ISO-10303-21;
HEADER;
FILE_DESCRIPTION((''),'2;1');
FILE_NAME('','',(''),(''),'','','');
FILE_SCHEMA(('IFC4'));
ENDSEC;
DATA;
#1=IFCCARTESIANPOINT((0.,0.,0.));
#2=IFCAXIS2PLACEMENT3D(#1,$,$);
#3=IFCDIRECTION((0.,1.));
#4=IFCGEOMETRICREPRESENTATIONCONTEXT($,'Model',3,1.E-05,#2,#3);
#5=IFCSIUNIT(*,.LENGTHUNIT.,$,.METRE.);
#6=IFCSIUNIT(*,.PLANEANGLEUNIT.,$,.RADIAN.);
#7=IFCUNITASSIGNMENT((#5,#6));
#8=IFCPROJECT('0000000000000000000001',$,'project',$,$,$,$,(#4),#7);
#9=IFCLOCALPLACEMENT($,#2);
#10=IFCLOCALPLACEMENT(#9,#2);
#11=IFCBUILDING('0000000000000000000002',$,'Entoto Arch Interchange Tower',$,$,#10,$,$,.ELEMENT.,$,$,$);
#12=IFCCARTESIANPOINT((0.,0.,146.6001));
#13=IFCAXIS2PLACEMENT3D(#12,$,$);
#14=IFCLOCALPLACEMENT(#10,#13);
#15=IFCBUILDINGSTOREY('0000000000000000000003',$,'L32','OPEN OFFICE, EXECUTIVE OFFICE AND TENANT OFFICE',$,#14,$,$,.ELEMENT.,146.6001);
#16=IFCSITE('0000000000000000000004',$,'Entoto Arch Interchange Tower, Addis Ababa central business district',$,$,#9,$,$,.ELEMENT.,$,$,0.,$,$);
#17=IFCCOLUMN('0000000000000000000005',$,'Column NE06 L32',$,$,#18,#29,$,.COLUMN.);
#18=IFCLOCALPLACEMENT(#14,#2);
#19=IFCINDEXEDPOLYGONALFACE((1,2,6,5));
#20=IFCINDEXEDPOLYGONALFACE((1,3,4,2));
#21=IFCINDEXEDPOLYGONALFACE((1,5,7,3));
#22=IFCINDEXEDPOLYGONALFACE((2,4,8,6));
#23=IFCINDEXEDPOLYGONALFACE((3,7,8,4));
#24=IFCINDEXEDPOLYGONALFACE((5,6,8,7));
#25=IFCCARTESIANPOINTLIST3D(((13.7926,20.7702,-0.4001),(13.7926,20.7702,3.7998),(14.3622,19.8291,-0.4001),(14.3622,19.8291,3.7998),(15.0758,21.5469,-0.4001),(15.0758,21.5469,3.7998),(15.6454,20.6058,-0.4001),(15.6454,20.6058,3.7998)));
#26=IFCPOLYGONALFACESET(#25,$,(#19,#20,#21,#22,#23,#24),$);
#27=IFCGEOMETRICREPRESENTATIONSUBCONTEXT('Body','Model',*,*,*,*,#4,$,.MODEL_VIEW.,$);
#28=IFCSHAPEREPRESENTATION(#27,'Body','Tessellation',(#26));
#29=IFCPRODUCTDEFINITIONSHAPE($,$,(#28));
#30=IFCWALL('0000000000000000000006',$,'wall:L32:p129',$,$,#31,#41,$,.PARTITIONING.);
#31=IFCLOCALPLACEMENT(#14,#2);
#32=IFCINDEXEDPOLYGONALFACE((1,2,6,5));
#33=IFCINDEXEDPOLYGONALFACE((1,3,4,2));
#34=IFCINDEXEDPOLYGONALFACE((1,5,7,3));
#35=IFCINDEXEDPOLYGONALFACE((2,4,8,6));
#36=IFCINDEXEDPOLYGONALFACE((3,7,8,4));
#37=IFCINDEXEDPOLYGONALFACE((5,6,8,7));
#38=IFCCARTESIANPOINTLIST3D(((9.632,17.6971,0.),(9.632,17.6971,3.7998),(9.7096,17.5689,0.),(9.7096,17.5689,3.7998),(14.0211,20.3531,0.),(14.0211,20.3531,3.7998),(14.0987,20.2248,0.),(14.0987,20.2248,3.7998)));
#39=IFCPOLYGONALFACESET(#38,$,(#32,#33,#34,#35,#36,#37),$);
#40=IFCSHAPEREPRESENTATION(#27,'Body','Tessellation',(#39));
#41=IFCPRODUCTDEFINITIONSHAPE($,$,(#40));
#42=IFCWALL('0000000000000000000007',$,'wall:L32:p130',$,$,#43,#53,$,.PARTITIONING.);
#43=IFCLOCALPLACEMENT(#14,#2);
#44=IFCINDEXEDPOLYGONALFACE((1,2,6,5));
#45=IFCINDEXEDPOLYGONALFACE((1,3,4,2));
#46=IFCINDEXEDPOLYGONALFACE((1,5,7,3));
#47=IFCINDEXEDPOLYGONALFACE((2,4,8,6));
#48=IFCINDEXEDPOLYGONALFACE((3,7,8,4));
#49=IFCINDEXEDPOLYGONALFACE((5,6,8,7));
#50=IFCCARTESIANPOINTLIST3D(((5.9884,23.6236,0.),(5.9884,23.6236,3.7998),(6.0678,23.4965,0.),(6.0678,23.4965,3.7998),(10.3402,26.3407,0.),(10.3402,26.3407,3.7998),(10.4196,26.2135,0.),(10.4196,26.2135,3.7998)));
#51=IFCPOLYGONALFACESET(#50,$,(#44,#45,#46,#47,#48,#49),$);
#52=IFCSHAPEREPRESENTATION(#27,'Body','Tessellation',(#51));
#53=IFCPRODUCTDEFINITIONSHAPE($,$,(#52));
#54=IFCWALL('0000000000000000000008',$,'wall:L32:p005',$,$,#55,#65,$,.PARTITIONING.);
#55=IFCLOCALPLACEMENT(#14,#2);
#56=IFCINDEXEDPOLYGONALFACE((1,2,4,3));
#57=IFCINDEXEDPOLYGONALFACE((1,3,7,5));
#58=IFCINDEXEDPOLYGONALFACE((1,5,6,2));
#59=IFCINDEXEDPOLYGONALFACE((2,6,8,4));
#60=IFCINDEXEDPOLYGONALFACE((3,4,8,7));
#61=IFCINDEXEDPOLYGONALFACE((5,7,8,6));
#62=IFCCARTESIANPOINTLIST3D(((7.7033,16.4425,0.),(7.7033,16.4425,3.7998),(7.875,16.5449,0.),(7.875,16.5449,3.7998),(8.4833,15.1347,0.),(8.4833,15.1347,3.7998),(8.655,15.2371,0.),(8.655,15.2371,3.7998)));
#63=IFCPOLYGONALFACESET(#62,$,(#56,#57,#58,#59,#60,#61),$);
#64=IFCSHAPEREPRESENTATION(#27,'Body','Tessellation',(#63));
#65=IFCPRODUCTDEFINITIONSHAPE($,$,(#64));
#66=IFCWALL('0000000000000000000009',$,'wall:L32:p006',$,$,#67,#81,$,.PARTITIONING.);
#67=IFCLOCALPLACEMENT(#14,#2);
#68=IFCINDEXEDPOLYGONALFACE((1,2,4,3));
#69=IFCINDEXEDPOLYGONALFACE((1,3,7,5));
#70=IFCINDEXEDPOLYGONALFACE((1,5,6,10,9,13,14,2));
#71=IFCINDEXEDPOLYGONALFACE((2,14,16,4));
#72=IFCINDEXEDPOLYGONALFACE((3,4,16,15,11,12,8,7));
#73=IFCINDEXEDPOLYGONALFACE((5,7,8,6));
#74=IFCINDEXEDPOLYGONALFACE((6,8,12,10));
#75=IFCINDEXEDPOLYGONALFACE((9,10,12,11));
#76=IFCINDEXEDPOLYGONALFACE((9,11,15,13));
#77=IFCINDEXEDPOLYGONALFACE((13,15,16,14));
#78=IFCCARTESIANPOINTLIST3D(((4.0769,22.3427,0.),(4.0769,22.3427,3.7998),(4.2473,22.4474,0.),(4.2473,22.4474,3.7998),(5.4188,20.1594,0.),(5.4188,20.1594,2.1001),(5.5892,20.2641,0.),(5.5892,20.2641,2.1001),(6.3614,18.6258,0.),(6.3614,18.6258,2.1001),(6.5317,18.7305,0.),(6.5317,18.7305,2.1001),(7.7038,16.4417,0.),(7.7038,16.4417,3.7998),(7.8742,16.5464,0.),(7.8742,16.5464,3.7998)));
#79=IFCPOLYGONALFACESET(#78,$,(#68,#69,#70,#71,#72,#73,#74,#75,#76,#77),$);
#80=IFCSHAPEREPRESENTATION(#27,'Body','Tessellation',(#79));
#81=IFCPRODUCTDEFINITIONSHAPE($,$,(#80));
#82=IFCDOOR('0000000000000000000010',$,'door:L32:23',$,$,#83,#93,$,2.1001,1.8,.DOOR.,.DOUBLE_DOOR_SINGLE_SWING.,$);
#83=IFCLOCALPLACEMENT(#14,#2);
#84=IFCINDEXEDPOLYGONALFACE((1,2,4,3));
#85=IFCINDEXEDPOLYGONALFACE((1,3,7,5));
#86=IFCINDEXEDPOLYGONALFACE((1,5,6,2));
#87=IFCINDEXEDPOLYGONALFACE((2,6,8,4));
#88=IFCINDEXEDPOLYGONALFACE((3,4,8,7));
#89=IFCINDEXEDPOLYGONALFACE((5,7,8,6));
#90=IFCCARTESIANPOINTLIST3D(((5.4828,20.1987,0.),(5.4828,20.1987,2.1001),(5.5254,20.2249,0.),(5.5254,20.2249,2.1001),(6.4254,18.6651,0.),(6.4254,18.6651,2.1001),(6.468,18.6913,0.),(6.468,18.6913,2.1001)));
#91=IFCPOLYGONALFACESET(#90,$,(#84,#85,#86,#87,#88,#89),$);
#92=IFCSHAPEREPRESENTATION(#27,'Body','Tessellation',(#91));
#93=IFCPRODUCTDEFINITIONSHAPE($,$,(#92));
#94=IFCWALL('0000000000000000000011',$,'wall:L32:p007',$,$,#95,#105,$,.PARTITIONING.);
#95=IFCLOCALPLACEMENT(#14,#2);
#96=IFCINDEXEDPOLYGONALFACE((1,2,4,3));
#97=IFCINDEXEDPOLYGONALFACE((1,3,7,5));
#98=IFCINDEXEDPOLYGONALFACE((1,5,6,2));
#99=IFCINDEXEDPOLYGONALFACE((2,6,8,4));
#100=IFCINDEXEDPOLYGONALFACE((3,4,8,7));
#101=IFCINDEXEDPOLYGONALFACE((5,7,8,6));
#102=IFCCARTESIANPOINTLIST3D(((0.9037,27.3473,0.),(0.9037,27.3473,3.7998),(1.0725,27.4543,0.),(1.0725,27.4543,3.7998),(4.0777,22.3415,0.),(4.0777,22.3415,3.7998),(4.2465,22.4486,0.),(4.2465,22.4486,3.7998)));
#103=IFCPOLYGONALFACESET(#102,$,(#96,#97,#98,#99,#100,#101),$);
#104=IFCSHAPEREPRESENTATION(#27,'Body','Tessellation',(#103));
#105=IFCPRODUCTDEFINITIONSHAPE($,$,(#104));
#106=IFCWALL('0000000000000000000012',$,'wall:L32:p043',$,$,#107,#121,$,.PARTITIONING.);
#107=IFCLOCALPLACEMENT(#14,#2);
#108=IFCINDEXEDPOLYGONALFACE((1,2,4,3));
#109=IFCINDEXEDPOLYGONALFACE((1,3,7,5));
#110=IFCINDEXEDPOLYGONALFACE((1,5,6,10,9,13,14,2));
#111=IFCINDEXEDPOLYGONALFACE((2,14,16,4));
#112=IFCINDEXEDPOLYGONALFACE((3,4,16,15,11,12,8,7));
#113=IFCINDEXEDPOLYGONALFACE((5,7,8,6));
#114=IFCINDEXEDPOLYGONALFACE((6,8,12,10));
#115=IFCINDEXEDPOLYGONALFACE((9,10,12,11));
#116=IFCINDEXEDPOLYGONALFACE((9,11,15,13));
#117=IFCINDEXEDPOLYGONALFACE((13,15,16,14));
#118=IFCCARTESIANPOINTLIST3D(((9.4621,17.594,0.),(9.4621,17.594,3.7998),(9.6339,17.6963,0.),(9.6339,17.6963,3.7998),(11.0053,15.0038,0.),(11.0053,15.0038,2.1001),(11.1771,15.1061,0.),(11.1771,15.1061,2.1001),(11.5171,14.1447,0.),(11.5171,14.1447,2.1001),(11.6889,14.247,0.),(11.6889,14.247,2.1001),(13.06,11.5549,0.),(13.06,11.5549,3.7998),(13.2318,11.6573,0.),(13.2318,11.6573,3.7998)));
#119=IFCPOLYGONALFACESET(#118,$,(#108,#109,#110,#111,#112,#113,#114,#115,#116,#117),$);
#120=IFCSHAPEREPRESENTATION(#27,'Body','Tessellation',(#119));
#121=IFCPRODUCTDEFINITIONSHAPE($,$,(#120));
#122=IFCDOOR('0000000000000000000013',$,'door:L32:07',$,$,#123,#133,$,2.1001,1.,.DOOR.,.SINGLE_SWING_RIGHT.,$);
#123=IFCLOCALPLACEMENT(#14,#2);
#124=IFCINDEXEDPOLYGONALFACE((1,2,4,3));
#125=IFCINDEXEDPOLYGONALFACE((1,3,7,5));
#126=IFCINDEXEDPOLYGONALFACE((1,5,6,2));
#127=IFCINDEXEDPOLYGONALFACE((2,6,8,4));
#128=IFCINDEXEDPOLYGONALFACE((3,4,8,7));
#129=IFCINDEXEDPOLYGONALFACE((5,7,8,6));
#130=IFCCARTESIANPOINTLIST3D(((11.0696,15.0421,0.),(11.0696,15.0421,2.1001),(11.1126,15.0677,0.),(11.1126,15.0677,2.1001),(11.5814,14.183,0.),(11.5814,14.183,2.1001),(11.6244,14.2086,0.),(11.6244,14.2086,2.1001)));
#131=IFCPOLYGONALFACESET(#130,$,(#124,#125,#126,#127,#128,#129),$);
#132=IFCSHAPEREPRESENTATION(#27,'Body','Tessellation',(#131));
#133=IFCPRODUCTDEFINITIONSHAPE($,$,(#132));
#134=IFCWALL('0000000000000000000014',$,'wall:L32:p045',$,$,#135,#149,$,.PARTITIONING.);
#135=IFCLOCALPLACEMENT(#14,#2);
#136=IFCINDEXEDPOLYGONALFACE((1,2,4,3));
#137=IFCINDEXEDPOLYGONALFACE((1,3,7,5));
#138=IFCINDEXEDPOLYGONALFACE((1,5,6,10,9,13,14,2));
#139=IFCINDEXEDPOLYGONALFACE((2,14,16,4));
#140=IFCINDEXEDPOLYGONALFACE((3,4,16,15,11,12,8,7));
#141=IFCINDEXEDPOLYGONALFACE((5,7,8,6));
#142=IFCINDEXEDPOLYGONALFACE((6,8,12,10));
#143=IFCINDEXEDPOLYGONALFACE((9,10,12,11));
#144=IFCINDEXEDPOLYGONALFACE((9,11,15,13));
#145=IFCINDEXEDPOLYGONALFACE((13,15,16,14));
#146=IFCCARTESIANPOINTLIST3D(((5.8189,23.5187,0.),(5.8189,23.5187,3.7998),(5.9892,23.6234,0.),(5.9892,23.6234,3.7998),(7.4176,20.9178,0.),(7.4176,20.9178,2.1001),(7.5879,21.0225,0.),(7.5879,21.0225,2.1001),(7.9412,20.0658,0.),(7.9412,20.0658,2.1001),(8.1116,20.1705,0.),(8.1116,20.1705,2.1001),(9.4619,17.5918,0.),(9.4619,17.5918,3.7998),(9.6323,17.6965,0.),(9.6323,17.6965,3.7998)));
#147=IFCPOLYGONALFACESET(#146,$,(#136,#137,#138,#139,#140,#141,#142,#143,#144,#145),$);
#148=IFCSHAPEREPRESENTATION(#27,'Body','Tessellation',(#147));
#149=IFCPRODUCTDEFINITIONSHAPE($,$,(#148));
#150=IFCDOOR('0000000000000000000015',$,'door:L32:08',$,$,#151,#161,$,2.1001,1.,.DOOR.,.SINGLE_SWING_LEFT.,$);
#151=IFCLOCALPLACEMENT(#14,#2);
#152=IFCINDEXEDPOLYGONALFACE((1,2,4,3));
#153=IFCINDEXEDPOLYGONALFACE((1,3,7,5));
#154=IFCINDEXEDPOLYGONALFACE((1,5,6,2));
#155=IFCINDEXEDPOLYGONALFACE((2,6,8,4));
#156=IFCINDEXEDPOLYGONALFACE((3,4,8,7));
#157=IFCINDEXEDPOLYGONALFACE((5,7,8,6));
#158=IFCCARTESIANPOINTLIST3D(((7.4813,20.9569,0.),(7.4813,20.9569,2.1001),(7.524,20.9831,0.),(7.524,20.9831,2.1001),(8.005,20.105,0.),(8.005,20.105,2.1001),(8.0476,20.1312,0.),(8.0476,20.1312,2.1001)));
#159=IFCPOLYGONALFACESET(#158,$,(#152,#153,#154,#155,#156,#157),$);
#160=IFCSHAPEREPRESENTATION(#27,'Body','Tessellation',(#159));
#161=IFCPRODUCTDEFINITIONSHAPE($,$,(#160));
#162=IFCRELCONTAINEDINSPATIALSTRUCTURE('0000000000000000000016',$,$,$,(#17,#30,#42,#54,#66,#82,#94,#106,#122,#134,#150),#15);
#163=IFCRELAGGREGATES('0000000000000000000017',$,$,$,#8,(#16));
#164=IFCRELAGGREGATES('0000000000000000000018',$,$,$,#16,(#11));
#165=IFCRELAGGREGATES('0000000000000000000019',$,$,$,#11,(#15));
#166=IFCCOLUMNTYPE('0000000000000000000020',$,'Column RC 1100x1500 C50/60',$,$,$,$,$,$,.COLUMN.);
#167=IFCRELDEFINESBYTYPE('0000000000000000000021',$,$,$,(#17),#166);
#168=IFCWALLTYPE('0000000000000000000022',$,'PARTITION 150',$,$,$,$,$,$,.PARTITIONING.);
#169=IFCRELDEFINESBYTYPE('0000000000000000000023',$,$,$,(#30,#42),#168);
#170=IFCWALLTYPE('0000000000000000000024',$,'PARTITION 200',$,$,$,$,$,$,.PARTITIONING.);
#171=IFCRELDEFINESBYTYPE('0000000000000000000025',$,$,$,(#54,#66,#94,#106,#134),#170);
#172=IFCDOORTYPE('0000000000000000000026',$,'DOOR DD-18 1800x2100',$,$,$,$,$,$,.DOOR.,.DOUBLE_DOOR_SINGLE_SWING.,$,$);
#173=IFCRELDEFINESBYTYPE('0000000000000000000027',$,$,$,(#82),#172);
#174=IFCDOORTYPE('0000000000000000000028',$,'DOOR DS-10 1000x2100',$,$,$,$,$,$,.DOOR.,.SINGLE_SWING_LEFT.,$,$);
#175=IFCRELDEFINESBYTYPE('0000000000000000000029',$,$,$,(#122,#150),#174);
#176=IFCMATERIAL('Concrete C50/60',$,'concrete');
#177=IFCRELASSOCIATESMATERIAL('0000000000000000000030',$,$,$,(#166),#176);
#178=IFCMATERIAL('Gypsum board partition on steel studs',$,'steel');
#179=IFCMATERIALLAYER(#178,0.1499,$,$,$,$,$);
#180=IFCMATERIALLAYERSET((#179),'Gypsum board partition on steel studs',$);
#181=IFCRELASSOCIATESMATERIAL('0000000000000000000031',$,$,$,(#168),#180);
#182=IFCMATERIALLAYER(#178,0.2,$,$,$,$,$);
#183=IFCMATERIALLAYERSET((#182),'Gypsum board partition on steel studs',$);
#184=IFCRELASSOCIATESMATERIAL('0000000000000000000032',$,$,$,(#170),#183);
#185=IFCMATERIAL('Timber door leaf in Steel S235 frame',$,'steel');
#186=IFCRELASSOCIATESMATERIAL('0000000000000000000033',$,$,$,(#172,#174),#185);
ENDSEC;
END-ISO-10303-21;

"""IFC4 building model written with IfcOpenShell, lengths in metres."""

from ifc_helpers import new_model, si_unit, direction, frame, frame_2d, origin, origin_2d, place, context, subcontext, project, spatial, rectangle, extrude, material, layer, layer_set, material_profile, profile_set, type_object, element, fill, save


model = new_model("IFC4")

# Units and contexts
model_context = context("Model", 3, precision=1e-05, world=origin(), true_north=direction((0.0, 1.0)))
body_context = subcontext(model_context, "Body", "Model", "MODEL_VIEW")
ifc_project = project(units=[si_unit("LENGTHUNIT", "METRE"), si_unit("PLANEANGLEUNIT", "RADIAN")], contexts=[model_context])

# Site, building, storey
site_placement = place(None, origin())
site = spatial("IfcSite", under=ifc_project, at=site_placement, Name="Entoto Arch Interchange Tower, Addis Ababa central business district", CompositionType="ELEMENT", RefElevation=0.0)
building_placement = place(site_placement, origin())
building = spatial("IfcBuilding", under=site, at=building_placement, Name="Entoto Arch Interchange Tower", CompositionType="ELEMENT")
storey_placement = place(building_placement, frame((0.0, 0.0, 146.6001)))
storey = spatial("IfcBuildingStorey", under=building, at=storey_placement, Name="L32", Description="OPEN OFFICE, EXECUTIVE OFFICE AND TENANT OFFICE", CompositionType="ELEMENT", Elevation=146.6001)

# Column
ifc_material_1 = material(Name="Concrete C50/60", Category="concrete")
ifc_material_profile = material_profile(ifc_material_1, rectangle(XDim=1.1001, YDim=1.5, at=origin_2d()))
ifc_profile_set = profile_set([ifc_material_profile], Name="Concrete C50/60")
column_type = type_object("IfcColumnType", Name="Column RC 1100x1500 C50/60", PredefinedType="COLUMN", material=ifc_profile_set)
column_placement = place(storey_placement, frame((14.719, 20.688, -0.4001), z_axis=(0.0, 0.0, 1.0), x_axis=(-0.517803, 0.8555, 0.0)))
element("IfcColumn", 1, at=column_placement, inside=storey, type_object=column_type, Name="Column NE06 L32", PredefinedType="COLUMN", context=body_context, shape_type="SweptSolid", body=[
    extrude(rectangle(XDim=1.1001, YDim=1.5, at=origin_2d()), origin(), (0.0, 0.0, 1.0), 4.2),
])

# Walls
ifc_material_2 = material(Name="Gypsum board partition on steel studs", Category="steel")
ifc_layer_1 = layer(ifc_material_2, 0.1499)
ifc_layer_set_1 = layer_set([ifc_layer_1], Name="Gypsum board partition on steel studs")
wall_type_1 = type_object("IfcWallType", Name="PARTITION 150", PredefinedType="PARTITIONING", material=ifc_layer_set_1)
wall_1_placement = place(storey_placement, frame((9.6709, 17.6331, 0.0), z_axis=(0.0, 0.0, 1.0), x_axis=(0.855551, 0.517718, 0.0)))
element("IfcWall", 2, at=wall_1_placement, inside=storey, type_object=wall_type_1, Name="wall:L32:p129", PredefinedType="PARTITIONING", context=body_context, shape_type="SweptSolid", body=[
    extrude(rectangle(XDim=5.1301, YDim=0.1499, at=frame_2d((2.5649, 0.0))), origin(), (0.0, 0.0, 1.0), 3.7998),
])
wall_2_placement = place(storey_placement, frame((6.0281, 23.5601, 0.0), z_axis=(0.0, 0.0, 1.0), x_axis=(0.848247, 0.529601, 0.0)))
element("IfcWall", 3, at=wall_2_placement, inside=storey, type_object=wall_type_1, Name="wall:L32:p130", PredefinedType="PARTITIONING", context=body_context, shape_type="SweptSolid", body=[
    extrude(rectangle(XDim=5.1304, YDim=0.1499, at=frame_2d((2.5652, 0.0))), origin(), (0.0, 0.0, 1.0), 3.7998),
])
ifc_layer_2 = layer(ifc_material_2, 0.2)
ifc_layer_set_2 = layer_set([ifc_layer_2], Name="Gypsum board partition on steel studs")
wall_type_2 = type_object("IfcWallType", Name="PARTITION 200", PredefinedType="PARTITIONING", material=ifc_layer_set_2)
wall_3_placement = place(storey_placement, frame((8.5691, 15.186, 0.0), z_axis=(0.0, 0.0, 1.0), x_axis=(-0.512231, 0.858848, 0.0)))
element("IfcWall", 4, at=wall_3_placement, inside=storey, type_object=wall_type_2, Name="wall:L32:p005", PredefinedType="PARTITIONING", context=body_context, shape_type="SweptSolid", body=[
    extrude(rectangle(XDim=1.5227, YDim=0.2, at=frame_2d((0.7612, 0.0))), origin(), (0.0, 0.0, 1.0), 3.7998),
])

# Wall, opening, door
wall_4_placement = place(storey_placement, frame((7.7891, 16.4939, 0.0), z_axis=(0.0, 0.0, 1.0), x_axis=(-0.523625, 0.851949, 0.0)))
wall_4 = element("IfcWall", 5, at=wall_4_placement, inside=storey, type_object=wall_type_2, Name="wall:L32:p006", PredefinedType="PARTITIONING", context=body_context, shape_type="SweptSolid", body=[
    extrude(rectangle(XDim=6.9265, YDim=0.2, at=frame_2d((3.4634, 0.0))), origin(), (0.0, 0.0, 1.0), 3.7998),
])
opening_1_placement = place(wall_4_placement, frame((2.564, 0.0, 0.0)))
opening_1 = element("IfcOpeningElement", 6, at=opening_1_placement, cuts=wall_4, PredefinedType="OPENING", context=body_context, shape_type="SweptSolid", body=[
    extrude(rectangle(XDim=1.8, YDim=2.1001, at=frame_2d((0.8999, 1.05))), frame((0.0, 0.1099, 0.0), z_axis=(0.0, -1.0, 0.0), x_axis=(1.0, 0.0, 0.0)), (0.0, 0.0, 1.0), 0.22),
])
ifc_material_3 = material(Name="Timber door leaf in Steel S235 frame", Category="steel")
door_type_1 = type_object("IfcDoorType", Name="DOOR DD-18 1800x2100", OperationType="DOUBLE_DOOR_SINGLE_SWING", PredefinedType="DOOR", material=ifc_material_3)
door_1_placement = place(opening_1_placement, origin())
door_1 = element("IfcDoor", 7, at=door_1_placement, inside=storey, type_object=door_type_1, Name="door:L32:23", OperationType="DOUBLE_DOOR_SINGLE_SWING", OverallHeight=2.1001, OverallWidth=1.8, PredefinedType="DOOR", context=body_context, shape_type="SweptSolid", body=[
    extrude(rectangle(XDim=1.8, YDim=2.1001, at=frame_2d((0.8999, 1.05))), frame((0.0, 0.0249, 0.0), z_axis=(0.0, -1.0, 0.0), x_axis=(1.0, 0.0, 0.0)), (0.0, 0.0, 1.0), 0.05),
])
fill(opening_1, door_1)

# Wall
wall_5_placement = place(storey_placement, frame((4.1621, 22.395, 0.0), z_axis=(0.0, 0.0, 1.0), x_axis=(-0.535497, 0.844537, 0.0)))
element("IfcWall", 8, at=wall_5_placement, inside=storey, type_object=wall_type_2, Name="wall:L32:p007", PredefinedType="PARTITIONING", context=body_context, shape_type="SweptSolid", body=[
    extrude(rectangle(XDim=5.9272, YDim=0.2, at=frame_2d((2.9636, 0.0))), origin(), (0.0, 0.0, 1.0), 3.7998),
])

# Walls, openings, doors
wall_6_placement = place(storey_placement, frame((9.5481, 17.645, 0.0), z_axis=(0.0, 0.0, 1.0), x_axis=(0.511822, -0.859091, 0.0)))
wall_6 = element("IfcWall", 9, at=wall_6_placement, inside=storey, type_object=wall_type_2, Name="wall:L32:p043", PredefinedType="PARTITIONING", context=body_context, shape_type="SweptSolid", body=[
    extrude(rectangle(XDim=7.0295, YDim=0.2, at=frame_2d((3.5146, 0.0))), origin(), (0.0, 0.0, 1.0), 3.7998),
])
opening_2_placement = place(wall_6_placement, frame((3.0149, 0.0, 0.0)))
opening_2 = element("IfcOpeningElement", 10, at=opening_2_placement, cuts=wall_6, PredefinedType="OPENING", context=body_context, shape_type="SweptSolid", body=[
    extrude(rectangle(XDim=1.0, YDim=2.1001, at=frame_2d((0.5, 1.05))), frame((0.0, 0.1099, 0.0), z_axis=(0.0, -1.0, 0.0), x_axis=(1.0, 0.0, 0.0)), (0.0, 0.0, 1.0), 0.22),
])
door_type_2 = type_object("IfcDoorType", Name="DOOR DS-10 1000x2100", OperationType="SINGLE_SWING_LEFT", PredefinedType="DOOR", material=ifc_material_3)
door_2_placement = place(opening_2_placement, origin())
door_2 = element("IfcDoor", 11, at=door_2_placement, inside=storey, type_object=door_type_2, Name="door:L32:07", OperationType="SINGLE_SWING_RIGHT", OverallHeight=2.1001, OverallWidth=1.0, PredefinedType="DOOR", context=body_context, shape_type="SweptSolid", body=[
    extrude(rectangle(XDim=1.0, YDim=2.1001, at=frame_2d((0.5, 1.05))), frame((0.0, 0.0249, 0.0), z_axis=(0.0, -1.0, 0.0), x_axis=(1.0, 0.0, 0.0)), (0.0, 0.0, 1.0), 0.05),
])
fill(opening_2, door_2)
wall_7_placement = place(storey_placement, frame((5.9041, 23.571, 0.0), z_axis=(0.0, 0.0, 1.0), x_axis=(0.523647, -0.851935, 0.0)))
wall_7 = element("IfcWall", 12, at=wall_7_placement, inside=storey, type_object=wall_type_2, Name="wall:L32:p045", PredefinedType="PARTITIONING", context=body_context, shape_type="SweptSolid", body=[
    extrude(rectangle(XDim=6.957, YDim=0.2, at=frame_2d((3.4785, 0.0))), origin(), (0.0, 0.0, 1.0), 3.7998),
])
opening_3_placement = place(wall_7_placement, frame((3.053, 0.0, 0.0)))
opening_3 = element("IfcOpeningElement", 13, at=opening_3_placement, cuts=wall_7, PredefinedType="OPENING", context=body_context, shape_type="SweptSolid", body=[
    extrude(rectangle(XDim=1.0, YDim=2.1001, at=frame_2d((0.5, 1.05))), frame((0.0, 0.1099, 0.0), z_axis=(0.0, -1.0, 0.0), x_axis=(1.0, 0.0, 0.0)), (0.0, 0.0, 1.0), 0.22),
])
door_3_placement = place(opening_3_placement, origin())
door_3 = element("IfcDoor", 14, at=door_3_placement, inside=storey, type_object=door_type_2, Name="door:L32:08", OperationType="SINGLE_SWING_LEFT", OverallHeight=2.1001, OverallWidth=1.0, PredefinedType="DOOR", context=body_context, shape_type="SweptSolid", body=[
    extrude(rectangle(XDim=1.0, YDim=2.1001, at=frame_2d((0.5, 1.05))), frame((0.0, 0.0249, 0.0), z_axis=(0.0, -1.0, 0.0), x_axis=(1.0, 0.0, 0.0)), (0.0, 0.0, 1.0), 0.05),
])
fill(opening_3, door_3)

save(model, "model.ifc")
